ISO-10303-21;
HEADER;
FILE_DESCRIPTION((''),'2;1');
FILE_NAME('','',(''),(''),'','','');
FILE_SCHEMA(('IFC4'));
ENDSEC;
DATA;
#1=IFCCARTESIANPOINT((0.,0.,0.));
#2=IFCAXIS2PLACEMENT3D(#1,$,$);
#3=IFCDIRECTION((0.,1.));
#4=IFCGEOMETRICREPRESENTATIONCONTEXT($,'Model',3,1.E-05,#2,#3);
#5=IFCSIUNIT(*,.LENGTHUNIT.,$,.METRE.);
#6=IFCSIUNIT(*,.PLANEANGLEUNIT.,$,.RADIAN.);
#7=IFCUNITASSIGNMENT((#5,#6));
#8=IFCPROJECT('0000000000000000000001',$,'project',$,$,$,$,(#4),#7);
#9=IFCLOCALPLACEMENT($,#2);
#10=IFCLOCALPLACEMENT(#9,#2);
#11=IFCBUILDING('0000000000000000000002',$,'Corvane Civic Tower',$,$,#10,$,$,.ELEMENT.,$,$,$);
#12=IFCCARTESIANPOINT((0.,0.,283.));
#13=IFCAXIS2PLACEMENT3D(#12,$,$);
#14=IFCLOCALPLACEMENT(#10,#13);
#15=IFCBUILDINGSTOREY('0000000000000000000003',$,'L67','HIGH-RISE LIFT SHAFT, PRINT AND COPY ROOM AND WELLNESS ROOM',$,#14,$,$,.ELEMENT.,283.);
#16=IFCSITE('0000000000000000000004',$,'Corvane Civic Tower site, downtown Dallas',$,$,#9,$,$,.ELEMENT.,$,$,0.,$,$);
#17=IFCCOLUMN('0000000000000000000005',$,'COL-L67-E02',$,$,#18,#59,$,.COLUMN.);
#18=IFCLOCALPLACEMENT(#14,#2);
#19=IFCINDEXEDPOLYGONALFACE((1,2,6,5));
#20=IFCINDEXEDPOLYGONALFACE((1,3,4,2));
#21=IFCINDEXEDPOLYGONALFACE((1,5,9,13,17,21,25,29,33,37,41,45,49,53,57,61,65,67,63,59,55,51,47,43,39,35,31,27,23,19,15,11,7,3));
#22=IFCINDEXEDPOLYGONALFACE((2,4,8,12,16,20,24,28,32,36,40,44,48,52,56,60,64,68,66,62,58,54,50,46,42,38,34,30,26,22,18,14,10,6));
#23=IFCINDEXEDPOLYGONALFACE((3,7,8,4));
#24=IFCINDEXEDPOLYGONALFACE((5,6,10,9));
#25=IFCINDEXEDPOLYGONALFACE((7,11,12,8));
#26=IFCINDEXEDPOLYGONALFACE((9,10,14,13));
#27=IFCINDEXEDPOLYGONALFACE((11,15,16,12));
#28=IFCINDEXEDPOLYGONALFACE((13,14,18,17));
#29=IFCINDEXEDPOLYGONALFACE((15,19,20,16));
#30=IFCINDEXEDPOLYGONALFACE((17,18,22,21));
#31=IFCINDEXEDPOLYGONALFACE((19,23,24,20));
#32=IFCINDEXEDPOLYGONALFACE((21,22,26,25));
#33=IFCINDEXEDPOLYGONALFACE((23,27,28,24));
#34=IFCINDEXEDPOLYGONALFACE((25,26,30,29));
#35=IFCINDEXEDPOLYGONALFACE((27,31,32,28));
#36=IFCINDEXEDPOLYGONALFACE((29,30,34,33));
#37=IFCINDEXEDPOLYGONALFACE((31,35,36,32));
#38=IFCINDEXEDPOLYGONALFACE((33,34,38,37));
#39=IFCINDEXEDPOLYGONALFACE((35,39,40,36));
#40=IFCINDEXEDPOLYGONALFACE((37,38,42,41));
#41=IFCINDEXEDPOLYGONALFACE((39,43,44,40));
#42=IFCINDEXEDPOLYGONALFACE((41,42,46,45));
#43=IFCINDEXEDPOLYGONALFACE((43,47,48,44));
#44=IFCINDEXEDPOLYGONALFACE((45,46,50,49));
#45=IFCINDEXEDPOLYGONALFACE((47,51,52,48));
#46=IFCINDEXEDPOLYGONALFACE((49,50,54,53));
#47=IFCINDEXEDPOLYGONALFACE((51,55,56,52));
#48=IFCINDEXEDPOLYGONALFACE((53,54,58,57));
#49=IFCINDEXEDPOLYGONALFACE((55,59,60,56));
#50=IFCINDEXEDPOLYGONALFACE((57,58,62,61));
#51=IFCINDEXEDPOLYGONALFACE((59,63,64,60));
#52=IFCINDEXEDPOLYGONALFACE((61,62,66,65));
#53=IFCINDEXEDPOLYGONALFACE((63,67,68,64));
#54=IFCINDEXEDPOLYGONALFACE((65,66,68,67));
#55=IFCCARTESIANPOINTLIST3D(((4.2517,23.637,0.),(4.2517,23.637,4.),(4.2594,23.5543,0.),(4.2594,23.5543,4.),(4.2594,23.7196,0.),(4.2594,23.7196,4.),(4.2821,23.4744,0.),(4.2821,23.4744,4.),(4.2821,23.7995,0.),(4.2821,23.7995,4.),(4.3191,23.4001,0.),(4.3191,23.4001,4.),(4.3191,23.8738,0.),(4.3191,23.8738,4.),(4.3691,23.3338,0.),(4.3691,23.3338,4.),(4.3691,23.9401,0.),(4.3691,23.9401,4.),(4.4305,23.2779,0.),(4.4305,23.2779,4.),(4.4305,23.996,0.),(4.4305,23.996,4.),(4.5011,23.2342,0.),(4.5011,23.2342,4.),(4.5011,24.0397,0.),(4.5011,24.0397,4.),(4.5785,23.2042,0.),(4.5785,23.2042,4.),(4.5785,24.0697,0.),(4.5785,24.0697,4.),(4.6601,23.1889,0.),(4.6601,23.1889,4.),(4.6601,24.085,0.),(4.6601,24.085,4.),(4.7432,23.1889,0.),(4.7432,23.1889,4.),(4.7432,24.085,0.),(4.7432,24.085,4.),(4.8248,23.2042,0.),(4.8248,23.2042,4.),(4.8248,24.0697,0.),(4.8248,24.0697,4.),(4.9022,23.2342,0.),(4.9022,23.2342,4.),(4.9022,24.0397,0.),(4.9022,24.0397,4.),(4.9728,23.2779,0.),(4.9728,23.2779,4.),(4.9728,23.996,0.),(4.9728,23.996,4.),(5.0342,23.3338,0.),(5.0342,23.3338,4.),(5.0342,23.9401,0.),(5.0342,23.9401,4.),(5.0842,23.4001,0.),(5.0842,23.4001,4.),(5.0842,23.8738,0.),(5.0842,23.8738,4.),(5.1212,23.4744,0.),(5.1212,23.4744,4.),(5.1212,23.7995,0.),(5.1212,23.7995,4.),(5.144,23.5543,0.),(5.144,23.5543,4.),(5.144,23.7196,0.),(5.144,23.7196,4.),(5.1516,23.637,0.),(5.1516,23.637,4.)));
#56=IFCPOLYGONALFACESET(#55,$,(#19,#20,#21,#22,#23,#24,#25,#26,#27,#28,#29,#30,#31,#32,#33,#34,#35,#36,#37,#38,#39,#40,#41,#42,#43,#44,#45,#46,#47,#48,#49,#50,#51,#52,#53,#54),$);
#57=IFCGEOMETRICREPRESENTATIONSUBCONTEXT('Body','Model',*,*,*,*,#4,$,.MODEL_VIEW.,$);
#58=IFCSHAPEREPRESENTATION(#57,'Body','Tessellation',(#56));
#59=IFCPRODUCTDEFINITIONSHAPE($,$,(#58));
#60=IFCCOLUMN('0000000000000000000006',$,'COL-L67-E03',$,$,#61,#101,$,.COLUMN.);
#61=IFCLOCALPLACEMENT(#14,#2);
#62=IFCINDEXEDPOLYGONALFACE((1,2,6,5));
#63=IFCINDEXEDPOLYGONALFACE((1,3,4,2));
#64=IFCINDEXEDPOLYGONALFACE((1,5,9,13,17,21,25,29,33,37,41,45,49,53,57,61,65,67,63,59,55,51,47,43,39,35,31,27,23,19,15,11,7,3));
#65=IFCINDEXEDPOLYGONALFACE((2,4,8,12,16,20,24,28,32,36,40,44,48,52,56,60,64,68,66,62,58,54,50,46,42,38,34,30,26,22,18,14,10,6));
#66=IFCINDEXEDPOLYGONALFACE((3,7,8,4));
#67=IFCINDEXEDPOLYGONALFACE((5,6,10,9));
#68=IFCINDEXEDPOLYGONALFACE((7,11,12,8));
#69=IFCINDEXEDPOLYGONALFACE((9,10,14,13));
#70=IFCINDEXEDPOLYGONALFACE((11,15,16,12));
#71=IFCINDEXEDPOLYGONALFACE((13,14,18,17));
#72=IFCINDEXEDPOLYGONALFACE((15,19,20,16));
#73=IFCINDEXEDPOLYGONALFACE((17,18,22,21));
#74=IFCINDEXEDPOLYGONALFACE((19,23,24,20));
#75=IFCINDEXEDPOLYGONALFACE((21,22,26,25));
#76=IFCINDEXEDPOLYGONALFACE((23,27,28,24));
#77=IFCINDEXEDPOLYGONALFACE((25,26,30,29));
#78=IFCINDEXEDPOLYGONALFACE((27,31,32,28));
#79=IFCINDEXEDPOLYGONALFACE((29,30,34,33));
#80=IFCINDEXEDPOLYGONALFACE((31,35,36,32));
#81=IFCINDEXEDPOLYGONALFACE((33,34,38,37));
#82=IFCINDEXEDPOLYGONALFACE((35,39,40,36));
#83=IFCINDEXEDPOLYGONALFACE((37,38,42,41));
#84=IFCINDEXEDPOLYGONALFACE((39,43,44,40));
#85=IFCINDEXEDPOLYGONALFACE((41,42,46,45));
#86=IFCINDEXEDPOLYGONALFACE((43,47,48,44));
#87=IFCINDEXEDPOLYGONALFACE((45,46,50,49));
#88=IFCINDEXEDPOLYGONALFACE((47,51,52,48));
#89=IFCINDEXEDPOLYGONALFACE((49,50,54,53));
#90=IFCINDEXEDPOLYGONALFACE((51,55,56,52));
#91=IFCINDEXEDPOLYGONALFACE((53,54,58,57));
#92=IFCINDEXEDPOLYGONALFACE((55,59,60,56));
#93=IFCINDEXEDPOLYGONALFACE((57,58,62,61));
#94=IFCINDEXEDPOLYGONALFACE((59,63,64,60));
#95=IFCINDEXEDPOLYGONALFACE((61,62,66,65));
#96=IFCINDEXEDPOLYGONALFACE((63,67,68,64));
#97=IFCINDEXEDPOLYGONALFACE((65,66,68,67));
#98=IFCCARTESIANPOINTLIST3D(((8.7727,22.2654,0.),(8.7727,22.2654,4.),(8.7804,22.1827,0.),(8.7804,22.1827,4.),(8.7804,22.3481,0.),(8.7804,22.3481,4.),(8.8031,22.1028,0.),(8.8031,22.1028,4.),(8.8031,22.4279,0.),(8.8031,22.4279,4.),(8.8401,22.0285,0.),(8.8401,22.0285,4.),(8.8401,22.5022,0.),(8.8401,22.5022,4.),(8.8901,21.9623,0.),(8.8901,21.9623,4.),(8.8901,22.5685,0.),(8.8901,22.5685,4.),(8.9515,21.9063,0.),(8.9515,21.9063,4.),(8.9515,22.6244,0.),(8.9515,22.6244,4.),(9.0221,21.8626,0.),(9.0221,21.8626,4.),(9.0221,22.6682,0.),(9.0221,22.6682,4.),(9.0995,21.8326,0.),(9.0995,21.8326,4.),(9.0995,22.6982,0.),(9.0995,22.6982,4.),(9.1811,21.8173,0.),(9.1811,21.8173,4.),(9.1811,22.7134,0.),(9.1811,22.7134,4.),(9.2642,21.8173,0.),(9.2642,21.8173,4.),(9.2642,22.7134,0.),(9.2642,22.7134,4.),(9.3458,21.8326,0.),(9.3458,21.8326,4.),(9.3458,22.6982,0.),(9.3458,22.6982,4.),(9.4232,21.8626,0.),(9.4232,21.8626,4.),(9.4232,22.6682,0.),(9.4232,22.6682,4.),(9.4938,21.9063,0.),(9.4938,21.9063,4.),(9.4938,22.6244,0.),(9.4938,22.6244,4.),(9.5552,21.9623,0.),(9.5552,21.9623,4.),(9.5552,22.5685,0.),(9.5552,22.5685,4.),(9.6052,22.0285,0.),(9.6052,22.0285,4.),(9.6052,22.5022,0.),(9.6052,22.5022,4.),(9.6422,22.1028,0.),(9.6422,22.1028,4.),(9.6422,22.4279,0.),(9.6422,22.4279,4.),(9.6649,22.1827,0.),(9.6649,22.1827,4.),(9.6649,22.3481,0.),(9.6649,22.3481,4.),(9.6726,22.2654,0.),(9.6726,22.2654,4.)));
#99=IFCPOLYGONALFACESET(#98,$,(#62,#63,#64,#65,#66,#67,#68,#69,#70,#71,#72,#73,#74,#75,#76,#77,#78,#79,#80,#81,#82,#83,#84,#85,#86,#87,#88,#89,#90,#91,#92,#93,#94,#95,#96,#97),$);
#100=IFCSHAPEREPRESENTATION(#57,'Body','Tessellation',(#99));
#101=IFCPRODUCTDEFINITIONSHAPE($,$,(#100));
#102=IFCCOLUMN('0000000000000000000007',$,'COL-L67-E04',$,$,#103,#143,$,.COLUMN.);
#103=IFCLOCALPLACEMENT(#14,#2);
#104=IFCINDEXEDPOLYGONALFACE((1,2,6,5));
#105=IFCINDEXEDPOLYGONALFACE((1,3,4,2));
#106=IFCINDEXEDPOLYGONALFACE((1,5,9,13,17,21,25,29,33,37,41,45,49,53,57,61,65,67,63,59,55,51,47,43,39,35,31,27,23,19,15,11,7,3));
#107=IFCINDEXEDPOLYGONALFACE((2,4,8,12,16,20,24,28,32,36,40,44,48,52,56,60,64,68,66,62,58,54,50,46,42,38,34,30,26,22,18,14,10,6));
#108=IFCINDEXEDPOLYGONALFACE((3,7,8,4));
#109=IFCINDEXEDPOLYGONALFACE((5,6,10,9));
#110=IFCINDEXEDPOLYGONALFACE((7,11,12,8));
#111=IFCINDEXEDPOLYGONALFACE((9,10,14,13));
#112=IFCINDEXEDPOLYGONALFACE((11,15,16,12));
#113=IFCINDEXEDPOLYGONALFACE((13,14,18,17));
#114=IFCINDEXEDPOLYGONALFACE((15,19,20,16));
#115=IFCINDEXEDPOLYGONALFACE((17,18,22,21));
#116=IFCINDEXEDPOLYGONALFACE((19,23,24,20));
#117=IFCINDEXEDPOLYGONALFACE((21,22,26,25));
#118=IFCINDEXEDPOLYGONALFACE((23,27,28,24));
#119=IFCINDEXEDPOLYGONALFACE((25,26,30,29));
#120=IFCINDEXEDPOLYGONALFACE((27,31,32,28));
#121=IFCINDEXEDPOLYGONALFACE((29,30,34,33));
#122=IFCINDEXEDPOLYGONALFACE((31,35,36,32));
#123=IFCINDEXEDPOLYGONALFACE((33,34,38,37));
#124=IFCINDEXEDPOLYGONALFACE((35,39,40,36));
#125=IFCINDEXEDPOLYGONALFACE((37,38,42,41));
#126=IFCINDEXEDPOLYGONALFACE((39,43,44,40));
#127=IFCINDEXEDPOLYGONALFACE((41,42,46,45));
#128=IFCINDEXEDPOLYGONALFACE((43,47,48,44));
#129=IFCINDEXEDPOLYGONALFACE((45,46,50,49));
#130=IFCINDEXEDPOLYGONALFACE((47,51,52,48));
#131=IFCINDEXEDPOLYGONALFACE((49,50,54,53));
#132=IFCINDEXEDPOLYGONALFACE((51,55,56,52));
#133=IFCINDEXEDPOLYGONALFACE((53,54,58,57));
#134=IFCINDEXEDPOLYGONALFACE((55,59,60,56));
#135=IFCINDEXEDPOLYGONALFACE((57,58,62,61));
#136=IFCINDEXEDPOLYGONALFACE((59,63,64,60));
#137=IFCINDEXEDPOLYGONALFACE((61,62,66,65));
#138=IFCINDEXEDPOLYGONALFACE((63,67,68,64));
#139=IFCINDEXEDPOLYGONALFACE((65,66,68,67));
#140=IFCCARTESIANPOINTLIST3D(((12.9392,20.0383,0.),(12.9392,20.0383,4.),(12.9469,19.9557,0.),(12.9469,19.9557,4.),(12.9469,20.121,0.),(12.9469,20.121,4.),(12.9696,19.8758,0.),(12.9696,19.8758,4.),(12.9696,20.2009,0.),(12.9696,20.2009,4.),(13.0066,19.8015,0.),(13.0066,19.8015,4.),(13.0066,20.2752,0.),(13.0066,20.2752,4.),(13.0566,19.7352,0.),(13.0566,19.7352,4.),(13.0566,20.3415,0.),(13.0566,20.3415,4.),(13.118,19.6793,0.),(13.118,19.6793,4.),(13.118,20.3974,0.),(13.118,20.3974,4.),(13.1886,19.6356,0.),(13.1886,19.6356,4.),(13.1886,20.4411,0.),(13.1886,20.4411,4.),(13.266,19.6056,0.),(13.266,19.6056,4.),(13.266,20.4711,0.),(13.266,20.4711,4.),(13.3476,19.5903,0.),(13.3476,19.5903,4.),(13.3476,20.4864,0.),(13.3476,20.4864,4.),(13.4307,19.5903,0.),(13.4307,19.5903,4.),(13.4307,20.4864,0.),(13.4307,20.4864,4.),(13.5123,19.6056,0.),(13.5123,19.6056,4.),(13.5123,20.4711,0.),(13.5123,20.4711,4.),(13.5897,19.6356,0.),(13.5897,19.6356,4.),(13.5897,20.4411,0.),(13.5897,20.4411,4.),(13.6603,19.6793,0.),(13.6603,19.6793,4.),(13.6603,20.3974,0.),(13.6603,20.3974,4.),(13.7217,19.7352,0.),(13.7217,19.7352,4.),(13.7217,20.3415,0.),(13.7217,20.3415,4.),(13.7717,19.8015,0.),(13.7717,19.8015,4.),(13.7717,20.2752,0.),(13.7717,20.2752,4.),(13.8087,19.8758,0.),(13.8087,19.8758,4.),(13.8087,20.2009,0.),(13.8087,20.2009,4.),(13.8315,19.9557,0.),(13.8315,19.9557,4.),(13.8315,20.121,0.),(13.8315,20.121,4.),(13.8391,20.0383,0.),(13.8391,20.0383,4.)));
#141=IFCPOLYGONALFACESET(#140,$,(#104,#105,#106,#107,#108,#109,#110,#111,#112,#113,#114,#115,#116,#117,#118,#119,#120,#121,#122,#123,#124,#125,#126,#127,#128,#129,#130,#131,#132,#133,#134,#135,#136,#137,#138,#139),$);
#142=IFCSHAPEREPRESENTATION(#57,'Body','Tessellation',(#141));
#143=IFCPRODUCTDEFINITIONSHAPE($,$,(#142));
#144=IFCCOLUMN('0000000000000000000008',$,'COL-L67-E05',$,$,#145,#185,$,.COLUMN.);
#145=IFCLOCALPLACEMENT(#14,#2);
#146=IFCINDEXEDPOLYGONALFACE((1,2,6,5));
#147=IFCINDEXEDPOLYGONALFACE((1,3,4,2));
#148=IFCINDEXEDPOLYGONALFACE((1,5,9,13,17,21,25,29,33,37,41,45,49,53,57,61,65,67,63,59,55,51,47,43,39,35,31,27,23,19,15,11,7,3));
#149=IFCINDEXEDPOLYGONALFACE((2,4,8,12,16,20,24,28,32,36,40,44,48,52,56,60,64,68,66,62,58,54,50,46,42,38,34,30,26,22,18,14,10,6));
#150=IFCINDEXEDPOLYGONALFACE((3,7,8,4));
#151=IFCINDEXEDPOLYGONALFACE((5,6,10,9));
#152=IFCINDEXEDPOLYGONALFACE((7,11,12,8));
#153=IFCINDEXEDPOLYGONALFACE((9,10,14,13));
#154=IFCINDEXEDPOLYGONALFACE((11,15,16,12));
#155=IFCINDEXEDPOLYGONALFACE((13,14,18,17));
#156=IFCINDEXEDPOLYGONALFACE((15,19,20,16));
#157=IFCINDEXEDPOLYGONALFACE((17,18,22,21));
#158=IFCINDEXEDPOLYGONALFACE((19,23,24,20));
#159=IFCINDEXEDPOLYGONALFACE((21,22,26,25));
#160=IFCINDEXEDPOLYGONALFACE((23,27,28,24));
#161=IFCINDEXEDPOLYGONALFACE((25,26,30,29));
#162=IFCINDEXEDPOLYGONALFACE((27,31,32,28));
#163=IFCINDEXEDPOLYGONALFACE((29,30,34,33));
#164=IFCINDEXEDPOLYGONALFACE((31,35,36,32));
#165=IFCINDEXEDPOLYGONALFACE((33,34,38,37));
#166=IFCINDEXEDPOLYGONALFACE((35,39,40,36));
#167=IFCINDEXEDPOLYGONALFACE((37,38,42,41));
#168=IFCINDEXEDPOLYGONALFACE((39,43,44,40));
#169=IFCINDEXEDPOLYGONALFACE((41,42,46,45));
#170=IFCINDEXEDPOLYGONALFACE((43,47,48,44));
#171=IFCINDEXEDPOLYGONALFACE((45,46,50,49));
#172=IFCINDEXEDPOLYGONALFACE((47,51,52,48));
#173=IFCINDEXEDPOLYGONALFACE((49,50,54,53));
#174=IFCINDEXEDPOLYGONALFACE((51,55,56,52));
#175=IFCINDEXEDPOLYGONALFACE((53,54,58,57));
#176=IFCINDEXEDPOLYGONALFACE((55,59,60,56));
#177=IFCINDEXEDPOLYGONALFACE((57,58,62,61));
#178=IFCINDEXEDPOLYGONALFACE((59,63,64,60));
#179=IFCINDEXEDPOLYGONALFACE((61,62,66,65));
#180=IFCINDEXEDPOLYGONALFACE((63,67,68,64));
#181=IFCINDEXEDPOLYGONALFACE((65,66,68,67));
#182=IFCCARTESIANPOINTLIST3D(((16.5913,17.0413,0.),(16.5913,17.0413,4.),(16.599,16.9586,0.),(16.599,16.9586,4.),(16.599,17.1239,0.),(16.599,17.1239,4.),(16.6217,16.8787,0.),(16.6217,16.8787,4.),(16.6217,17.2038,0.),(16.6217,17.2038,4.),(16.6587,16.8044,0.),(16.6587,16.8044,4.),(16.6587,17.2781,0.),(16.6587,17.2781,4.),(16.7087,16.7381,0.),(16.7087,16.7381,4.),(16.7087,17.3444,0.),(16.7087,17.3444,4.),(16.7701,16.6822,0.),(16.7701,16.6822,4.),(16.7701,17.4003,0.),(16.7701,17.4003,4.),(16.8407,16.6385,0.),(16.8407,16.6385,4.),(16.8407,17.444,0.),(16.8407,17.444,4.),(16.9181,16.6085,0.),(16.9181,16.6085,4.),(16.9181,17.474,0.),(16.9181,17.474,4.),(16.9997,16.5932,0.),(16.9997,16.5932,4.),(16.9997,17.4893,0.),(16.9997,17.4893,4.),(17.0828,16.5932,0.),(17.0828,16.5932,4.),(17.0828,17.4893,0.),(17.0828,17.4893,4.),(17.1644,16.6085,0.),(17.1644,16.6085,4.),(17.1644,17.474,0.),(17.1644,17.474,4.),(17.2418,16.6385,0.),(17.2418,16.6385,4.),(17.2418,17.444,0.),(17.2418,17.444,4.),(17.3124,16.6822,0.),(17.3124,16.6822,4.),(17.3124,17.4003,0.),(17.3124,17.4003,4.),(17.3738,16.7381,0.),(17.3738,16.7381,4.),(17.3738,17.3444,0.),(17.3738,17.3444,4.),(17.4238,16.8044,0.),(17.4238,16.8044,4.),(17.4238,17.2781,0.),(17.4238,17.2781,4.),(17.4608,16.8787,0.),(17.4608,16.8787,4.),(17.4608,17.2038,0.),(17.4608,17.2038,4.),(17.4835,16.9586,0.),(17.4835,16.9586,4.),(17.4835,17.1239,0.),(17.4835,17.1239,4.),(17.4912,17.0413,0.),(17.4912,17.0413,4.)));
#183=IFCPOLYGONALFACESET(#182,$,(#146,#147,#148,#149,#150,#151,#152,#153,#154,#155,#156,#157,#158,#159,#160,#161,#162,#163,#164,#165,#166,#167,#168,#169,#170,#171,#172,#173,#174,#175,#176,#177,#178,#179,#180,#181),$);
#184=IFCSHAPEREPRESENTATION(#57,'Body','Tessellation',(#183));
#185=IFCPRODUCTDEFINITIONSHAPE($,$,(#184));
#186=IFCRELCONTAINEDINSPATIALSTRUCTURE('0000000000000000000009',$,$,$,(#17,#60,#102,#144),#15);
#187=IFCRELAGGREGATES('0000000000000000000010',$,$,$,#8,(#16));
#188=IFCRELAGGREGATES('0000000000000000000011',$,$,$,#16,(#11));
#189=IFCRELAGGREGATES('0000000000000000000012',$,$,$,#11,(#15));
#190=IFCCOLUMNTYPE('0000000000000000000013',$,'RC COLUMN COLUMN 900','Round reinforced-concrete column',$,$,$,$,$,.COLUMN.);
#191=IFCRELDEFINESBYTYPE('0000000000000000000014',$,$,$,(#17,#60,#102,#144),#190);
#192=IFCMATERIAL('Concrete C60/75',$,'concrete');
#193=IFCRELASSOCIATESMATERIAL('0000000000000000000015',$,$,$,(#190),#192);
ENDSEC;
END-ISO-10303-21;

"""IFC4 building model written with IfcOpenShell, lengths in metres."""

from ifc_helpers import new_model, si_unit, direction, frame, origin, origin_2d, place, context, subcontext, project, spatial, circle, extrude, material, material_profile, profile_set, type_object, element, save


model = new_model("IFC4")

# Units and contexts
model_context = context("Model", 3, precision=1e-05, world=origin(), true_north=direction((0.0, 1.0)))
body_context = subcontext(model_context, "Body", "Model", "MODEL_VIEW")
ifc_project = project(units=[si_unit("LENGTHUNIT", "METRE"), si_unit("PLANEANGLEUNIT", "RADIAN")], contexts=[model_context])

# Site, building, storey
site_placement = place(None, origin())
site = spatial("IfcSite", under=ifc_project, at=site_placement, Name="Corvane Civic Tower site, downtown Dallas", CompositionType="ELEMENT", RefElevation=0.0)
building_placement = place(site_placement, origin())
building = spatial("IfcBuilding", under=site, at=building_placement, Name="Corvane Civic Tower", CompositionType="ELEMENT")
storey_placement = place(building_placement, frame((0.0, 0.0, 283.0)))
storey = spatial("IfcBuildingStorey", under=building, at=storey_placement, Name="L67", Description="HIGH-RISE LIFT SHAFT, PRINT AND COPY ROOM AND WELLNESS ROOM", CompositionType="ELEMENT", Elevation=283.0)

# Columns
ifc_material_1 = material(Name="Concrete C60/75", Category="concrete")
ifc_material_profile_1 = material_profile(ifc_material_1, circle(Radius=0.45, at=origin_2d()), Name="COLUMN 900")
ifc_profile_set_1 = profile_set([ifc_material_profile_1], Name="Concrete C60/75")
column_type = type_object("IfcColumnType", Name="RC COLUMN COLUMN 900", Description="Round reinforced-concrete column", PredefinedType="COLUMN", material=ifc_profile_set_1)
for number, where, z_axis, x_axis, name in (
    (1, (4.7017, 23.637, 0.0), (0.0, 0.0, 1.0), (1.0, 0.0, 0.0), "COL-L67-E02"),
    (2, (9.2227, 22.2654, 0.0), (0.0, 0.0, 1.0), (1.0, 0.0, 0.0), "COL-L67-E03"),
    (3, (13.3892, 20.0383, 0.0), (0.0, 0.0, 1.0), (1.0, 0.0, 0.0), "COL-L67-E04"),
    (4, (17.0413, 17.0413, 0.0), (0.0, 0.0, 1.0), (1.0, 0.0, 0.0), "COL-L67-E05"),
):
    element("IfcColumn", number, at=place(storey_placement, frame(where, z_axis=z_axis, x_axis=x_axis)), inside=storey, type_object=column_type, Name=name, PredefinedType="COLUMN", context=body_context, shape_type="SweptSolid", body=[
        extrude(circle(Radius=0.45, at=origin_2d()), origin(), (0.0, 0.0, 1.0), 4.0),
    ])

save(model, "model.ifc")
